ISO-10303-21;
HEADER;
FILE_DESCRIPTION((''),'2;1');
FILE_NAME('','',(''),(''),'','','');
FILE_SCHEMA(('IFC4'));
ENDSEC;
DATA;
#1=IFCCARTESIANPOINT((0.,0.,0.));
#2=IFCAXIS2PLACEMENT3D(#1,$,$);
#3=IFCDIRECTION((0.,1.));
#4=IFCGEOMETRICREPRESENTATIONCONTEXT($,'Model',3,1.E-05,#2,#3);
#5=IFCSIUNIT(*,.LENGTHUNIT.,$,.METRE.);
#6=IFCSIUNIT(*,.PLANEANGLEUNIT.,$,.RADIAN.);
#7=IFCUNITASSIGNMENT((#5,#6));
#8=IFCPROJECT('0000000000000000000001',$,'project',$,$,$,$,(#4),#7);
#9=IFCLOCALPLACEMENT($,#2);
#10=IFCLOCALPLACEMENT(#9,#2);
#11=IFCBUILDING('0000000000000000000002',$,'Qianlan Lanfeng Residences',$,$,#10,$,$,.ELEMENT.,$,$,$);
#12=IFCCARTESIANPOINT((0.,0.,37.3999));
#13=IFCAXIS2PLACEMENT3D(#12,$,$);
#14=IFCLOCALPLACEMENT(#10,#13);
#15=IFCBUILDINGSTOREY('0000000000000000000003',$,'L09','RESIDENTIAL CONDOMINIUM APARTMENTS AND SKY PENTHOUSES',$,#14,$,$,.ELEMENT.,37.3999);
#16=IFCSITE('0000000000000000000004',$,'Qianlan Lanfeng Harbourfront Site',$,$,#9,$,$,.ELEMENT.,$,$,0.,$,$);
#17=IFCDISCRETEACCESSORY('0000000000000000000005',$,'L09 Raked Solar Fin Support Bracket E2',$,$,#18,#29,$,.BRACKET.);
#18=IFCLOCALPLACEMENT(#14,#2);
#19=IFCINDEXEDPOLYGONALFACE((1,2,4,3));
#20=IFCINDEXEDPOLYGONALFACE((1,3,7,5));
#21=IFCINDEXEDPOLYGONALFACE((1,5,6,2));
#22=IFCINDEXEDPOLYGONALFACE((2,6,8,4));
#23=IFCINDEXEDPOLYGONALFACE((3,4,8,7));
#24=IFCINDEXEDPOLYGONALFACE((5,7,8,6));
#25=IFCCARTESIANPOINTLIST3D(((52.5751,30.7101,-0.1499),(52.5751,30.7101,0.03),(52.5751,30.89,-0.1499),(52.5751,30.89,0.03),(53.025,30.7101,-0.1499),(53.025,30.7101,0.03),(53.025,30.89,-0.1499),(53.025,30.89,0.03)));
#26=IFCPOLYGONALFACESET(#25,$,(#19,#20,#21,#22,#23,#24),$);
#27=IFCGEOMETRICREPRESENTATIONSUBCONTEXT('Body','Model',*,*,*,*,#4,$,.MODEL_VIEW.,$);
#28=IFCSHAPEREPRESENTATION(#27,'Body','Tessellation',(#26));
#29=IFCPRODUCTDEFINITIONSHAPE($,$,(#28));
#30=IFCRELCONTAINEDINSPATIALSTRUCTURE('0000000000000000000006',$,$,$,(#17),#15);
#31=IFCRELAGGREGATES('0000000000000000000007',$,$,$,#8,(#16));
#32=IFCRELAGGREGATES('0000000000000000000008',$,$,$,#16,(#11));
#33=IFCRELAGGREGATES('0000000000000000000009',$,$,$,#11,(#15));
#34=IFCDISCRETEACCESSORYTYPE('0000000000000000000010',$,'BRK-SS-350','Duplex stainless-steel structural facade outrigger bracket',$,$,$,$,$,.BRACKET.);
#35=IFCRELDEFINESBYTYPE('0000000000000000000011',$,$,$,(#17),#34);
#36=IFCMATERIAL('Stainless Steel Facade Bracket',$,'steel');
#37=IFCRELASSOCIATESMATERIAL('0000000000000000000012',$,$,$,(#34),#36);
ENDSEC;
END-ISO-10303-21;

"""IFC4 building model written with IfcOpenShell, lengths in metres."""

from ifc_helpers import new_model, si_unit, direction, frame, origin, origin_2d, place, context, subcontext, project, spatial, rectangle, extrude, source, transform, mapped, material, type_object, element, save


model = new_model("IFC4")

# Units and contexts
model_context = context("Model", 3, precision=1e-05, world=origin(), true_north=direction((0.0, 1.0)))
body_context = subcontext(model_context, "Body", "Model", "MODEL_VIEW")
ifc_project = project(units=[si_unit("LENGTHUNIT", "METRE"), si_unit("PLANEANGLEUNIT", "RADIAN")], contexts=[model_context])

# Site, building, storey
site_placement = place(None, origin())
site = spatial("IfcSite", under=ifc_project, at=site_placement, Name="Qianlan Lanfeng Harbourfront Site", CompositionType="ELEMENT", RefElevation=0.0)
building_placement = place(site_placement, origin())
building = spatial("IfcBuilding", under=site, at=building_placement, Name="Qianlan Lanfeng Residences", CompositionType="ELEMENT")
storey_placement = place(building_placement, frame((0.0, 0.0, 37.3999)))
storey = spatial("IfcBuildingStorey", under=building, at=storey_placement, Name="L09", Description="RESIDENTIAL CONDOMINIUM APARTMENTS AND SKY PENTHOUSES", CompositionType="ELEMENT", Elevation=37.3999)

# Discrete accessory
ifc_material_1 = material(Name="Stainless Steel Facade Bracket", Category="steel")
discrete_accessory_type = type_object("IfcDiscreteAccessoryType", Name="BRK-SS-350", Description="Duplex stainless-steel structural facade outrigger bracket", PredefinedType="BRACKET", material=ifc_material_1)
shared_shape_1 = source(origin(), body_context, "Body", "SweptSolid", [
    extrude(rectangle(XDim=0.45, YDim=0.1799, at=origin_2d()), origin(), (0.0, 0.0, 1.0), 0.1799),
])
discrete_accessory_placement = place(storey_placement, frame((52.8, 30.8, -0.1499), z_axis=(0.0, 0.0, 1.0), x_axis=(1.0, 0.0, 0.0)))
element("IfcDiscreteAccessory", 1, at=discrete_accessory_placement, inside=storey, type_object=discrete_accessory_type, Name="L09 Raked Solar Fin Support Bracket E2", PredefinedType="BRACKET", context=body_context, shape_type="MappedRepresentation", body=[
    mapped(shared_shape_1, transform((0.0, 0.0, 0.0), scale=1.0)),
])

save(model, "model.ifc")
